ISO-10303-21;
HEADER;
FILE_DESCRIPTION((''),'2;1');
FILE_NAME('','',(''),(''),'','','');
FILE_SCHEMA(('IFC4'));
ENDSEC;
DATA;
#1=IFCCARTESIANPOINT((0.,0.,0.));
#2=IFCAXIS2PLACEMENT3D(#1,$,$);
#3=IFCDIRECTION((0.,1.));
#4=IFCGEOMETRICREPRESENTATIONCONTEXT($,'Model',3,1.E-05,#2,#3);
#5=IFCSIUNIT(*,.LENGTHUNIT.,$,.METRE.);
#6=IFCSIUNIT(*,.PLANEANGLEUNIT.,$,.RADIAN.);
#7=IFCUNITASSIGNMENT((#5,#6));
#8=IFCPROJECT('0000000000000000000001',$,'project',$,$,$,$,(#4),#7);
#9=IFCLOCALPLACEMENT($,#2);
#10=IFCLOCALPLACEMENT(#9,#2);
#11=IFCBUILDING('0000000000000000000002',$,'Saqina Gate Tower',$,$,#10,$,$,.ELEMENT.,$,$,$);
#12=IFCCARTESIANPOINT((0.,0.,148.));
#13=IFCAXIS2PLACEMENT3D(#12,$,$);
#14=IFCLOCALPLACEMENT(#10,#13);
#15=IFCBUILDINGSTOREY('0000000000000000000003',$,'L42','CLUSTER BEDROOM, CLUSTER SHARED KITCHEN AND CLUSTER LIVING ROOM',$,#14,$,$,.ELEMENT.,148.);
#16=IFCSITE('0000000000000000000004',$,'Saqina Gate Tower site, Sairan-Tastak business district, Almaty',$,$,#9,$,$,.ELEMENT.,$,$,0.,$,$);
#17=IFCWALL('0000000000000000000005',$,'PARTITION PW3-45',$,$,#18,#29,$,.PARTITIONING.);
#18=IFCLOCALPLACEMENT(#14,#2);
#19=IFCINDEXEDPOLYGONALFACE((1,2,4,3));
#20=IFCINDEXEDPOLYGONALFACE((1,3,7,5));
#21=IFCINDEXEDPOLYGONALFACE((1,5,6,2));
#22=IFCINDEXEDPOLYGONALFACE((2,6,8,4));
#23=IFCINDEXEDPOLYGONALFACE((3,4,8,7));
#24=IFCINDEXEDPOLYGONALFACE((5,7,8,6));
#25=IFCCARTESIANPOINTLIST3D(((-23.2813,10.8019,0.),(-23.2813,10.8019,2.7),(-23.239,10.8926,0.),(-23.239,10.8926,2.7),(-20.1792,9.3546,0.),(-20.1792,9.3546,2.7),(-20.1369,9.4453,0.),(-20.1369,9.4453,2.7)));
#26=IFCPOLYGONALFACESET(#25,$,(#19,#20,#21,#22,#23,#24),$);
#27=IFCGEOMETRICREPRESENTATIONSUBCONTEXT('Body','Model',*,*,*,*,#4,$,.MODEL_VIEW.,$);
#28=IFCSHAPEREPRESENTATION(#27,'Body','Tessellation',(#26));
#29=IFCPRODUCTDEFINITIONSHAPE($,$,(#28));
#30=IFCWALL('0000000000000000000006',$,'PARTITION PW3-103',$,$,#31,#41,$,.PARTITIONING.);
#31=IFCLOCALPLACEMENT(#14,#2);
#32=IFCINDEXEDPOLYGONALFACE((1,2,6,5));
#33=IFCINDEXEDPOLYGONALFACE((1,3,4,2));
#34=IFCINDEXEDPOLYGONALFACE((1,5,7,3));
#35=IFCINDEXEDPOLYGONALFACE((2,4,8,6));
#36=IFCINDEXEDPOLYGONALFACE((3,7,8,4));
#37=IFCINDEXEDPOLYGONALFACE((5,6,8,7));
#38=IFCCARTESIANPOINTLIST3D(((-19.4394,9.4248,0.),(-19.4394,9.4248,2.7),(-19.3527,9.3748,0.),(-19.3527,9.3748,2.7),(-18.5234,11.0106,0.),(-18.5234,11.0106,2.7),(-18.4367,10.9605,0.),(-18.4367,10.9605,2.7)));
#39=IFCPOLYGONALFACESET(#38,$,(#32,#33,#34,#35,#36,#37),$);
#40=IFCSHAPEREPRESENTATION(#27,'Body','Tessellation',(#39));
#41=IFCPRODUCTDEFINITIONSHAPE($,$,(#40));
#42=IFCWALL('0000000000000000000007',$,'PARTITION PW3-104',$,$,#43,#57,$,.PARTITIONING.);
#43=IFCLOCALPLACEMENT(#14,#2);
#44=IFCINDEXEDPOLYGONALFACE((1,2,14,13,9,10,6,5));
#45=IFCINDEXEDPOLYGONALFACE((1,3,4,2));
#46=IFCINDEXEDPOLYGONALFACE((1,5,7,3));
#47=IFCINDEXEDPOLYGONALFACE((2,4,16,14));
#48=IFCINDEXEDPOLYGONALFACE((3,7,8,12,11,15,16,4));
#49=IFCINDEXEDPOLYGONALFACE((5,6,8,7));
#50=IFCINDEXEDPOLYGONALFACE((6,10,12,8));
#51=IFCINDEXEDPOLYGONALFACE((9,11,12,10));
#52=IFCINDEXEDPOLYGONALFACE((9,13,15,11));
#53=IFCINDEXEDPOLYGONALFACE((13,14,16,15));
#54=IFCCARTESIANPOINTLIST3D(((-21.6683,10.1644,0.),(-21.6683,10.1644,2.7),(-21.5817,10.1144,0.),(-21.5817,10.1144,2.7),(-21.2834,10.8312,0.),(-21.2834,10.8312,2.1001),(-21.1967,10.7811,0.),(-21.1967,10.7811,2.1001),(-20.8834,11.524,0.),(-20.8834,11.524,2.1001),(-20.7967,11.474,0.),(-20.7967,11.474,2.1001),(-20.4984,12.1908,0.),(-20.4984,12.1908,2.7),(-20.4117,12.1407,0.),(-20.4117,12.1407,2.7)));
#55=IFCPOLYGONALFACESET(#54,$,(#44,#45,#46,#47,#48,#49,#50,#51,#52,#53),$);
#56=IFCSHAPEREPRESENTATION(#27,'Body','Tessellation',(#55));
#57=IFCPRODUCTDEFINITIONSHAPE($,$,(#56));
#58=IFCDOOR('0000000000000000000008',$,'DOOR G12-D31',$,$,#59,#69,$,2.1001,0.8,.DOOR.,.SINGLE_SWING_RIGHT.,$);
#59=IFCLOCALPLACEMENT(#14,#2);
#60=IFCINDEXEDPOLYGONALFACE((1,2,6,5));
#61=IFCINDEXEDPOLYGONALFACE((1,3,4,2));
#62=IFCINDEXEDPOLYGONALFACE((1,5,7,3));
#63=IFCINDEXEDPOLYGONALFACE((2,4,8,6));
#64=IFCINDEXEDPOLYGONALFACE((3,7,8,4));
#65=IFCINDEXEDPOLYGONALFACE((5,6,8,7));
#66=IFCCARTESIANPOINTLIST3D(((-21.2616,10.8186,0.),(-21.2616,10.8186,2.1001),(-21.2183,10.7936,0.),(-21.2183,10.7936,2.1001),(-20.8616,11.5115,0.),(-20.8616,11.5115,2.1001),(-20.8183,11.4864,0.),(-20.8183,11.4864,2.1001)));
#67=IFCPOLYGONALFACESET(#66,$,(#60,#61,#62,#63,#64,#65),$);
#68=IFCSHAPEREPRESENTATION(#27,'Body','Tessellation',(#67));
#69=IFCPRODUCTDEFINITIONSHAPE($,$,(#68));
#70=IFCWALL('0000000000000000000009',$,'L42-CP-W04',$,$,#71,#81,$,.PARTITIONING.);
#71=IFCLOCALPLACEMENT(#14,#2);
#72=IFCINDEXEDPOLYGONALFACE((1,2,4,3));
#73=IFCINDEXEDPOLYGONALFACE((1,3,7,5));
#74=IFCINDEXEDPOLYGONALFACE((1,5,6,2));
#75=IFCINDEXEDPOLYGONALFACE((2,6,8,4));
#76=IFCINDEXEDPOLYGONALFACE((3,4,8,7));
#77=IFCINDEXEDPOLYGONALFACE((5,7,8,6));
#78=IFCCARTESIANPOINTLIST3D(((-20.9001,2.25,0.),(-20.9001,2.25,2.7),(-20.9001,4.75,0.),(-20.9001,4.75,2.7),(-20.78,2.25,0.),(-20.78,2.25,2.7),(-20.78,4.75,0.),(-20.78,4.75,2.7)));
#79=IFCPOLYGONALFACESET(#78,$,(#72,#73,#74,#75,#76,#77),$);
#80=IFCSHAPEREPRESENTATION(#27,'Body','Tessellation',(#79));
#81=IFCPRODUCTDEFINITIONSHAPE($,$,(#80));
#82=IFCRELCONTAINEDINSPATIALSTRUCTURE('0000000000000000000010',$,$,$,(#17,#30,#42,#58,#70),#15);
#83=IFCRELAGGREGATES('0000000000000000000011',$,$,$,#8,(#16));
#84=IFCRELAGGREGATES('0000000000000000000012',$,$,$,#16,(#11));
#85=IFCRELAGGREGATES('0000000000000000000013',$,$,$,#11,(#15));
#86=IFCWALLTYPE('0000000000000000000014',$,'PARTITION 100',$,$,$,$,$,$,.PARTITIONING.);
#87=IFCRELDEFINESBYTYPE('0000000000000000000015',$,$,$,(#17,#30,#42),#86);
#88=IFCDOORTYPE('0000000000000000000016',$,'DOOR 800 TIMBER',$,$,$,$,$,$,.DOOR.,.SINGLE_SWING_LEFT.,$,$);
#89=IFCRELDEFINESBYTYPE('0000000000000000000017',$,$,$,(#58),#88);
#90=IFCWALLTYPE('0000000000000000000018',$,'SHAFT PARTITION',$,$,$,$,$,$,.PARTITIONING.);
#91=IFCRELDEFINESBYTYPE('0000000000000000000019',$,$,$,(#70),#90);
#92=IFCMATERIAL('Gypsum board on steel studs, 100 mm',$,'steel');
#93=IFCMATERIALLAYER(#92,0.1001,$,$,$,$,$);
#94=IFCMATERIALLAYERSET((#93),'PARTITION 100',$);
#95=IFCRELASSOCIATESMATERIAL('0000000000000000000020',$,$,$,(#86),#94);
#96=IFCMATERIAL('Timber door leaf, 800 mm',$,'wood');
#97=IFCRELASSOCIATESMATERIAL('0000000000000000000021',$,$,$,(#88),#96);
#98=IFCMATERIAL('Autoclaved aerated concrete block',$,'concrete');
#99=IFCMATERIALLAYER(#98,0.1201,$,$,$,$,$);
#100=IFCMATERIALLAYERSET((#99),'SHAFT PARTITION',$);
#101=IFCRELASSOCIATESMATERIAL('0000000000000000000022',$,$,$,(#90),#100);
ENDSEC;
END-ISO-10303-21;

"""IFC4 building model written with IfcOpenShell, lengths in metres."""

from ifc_helpers import new_model, si_unit, direction, frame, frame_2d, origin, place, context, subcontext, project, spatial, rectangle, extrude, material, layer, layer_set, type_object, element, fill, save


model = new_model("IFC4")

# Units and contexts
model_context = context("Model", 3, precision=1e-05, world=origin(), true_north=direction((0.0, 1.0)))
body_context = subcontext(model_context, "Body", "Model", "MODEL_VIEW")
ifc_project = project(units=[si_unit("LENGTHUNIT", "METRE"), si_unit("PLANEANGLEUNIT", "RADIAN")], contexts=[model_context])

# Site, building, storey
site_placement = place(None, origin())
site = spatial("IfcSite", under=ifc_project, at=site_placement, Name="Saqina Gate Tower site, Sairan-Tastak business district, Almaty", CompositionType="ELEMENT", RefElevation=0.0)
building_placement = place(site_placement, origin())
building = spatial("IfcBuilding", under=site, at=building_placement, Name="Saqina Gate Tower", CompositionType="ELEMENT")
storey_placement = place(building_placement, frame((0.0, 0.0, 148.0)))
storey = spatial("IfcBuildingStorey", under=building, at=storey_placement, Name="L42", Description="CLUSTER BEDROOM, CLUSTER SHARED KITCHEN AND CLUSTER LIVING ROOM", CompositionType="ELEMENT", Elevation=148.0)

# Walls
ifc_material_1 = material(Name="Gypsum board on steel studs, 100 mm", Category="steel")
ifc_layer_1 = layer(ifc_material_1, 0.1001)
ifc_layer_set_1 = layer_set([ifc_layer_1], Name="PARTITION 100")
wall_type_1 = type_object("IfcWallType", Name="PARTITION 100", PredefinedType="PARTITIONING", material=ifc_layer_set_1)
wall_1_placement = place(storey_placement, frame((-23.26, 10.8472, 0.0), z_axis=(0.0, 0.0, 1.0), x_axis=(0.906223, -0.4228, 0.0)))
element("IfcWall", 1, at=wall_1_placement, inside=storey, type_object=wall_type_1, Name="PARTITION PW3-45", PredefinedType="PARTITIONING", context=body_context, shape_type="SweptSolid", body=[
    extrude(rectangle(XDim=3.4231, YDim=0.1001, at=frame_2d((1.7114, 0.0))), origin(), (0.0, 0.0, 1.0), 2.7),
])
wall_2_placement = place(storey_placement, frame((-19.396, 9.3999, 0.0), z_axis=(0.0, 0.0, 1.0), x_axis=(0.500211, 0.865904, 0.0)))
element("IfcWall", 2, at=wall_2_placement, inside=storey, type_object=wall_type_1, Name="PARTITION PW3-103", PredefinedType="PARTITIONING", context=body_context, shape_type="SweptSolid", body=[
    extrude(rectangle(XDim=1.8313, YDim=0.1001, at=frame_2d((0.9155, 0.0))), origin(), (0.0, 0.0, 1.0), 2.7),
])

# Wall, opening, door
wall_3_placement = place(storey_placement, frame((-21.625, 10.1394, 0.0), z_axis=(0.0, 0.0, 1.0), x_axis=(0.499999, 0.866026, 0.0)))
wall_3 = element("IfcWall", 3, at=wall_3_placement, inside=storey, type_object=wall_type_1, Name="PARTITION PW3-104", PredefinedType="PARTITIONING", context=body_context, shape_type="SweptSolid", body=[
    extrude(rectangle(XDim=2.3398, YDim=0.1001, at=frame_2d((1.1699, 0.0))), origin(), (0.0, 0.0, 1.0), 2.7),
])
opening_1_placement = place(wall_3_placement, frame((0.77, 0.0, 0.0)))
opening_1 = element("IfcOpeningElement", 4, at=opening_1_placement, cuts=wall_3, PredefinedType="OPENING", context=body_context, shape_type="SweptSolid", body=[
    extrude(rectangle(XDim=0.8, YDim=2.1001, at=frame_2d((0.3999, 1.05))), frame((0.0, 0.062, 0.0), z_axis=(0.0, -1.0, 0.0), x_axis=(1.0, 0.0, 0.0)), (0.0, 0.0, 1.0), 0.124),
])
ifc_material_2 = material(Name="Timber door leaf, 800 mm", Category="wood")
door_type_1 = type_object("IfcDoorType", Name="DOOR 800 TIMBER", OperationType="SINGLE_SWING_LEFT", PredefinedType="DOOR", material=ifc_material_2)
door_1_placement = place(opening_1_placement, origin())
door_1 = element("IfcDoor", 5, at=door_1_placement, inside=storey, type_object=door_type_1, Name="DOOR G12-D31", OperationType="SINGLE_SWING_RIGHT", OverallHeight=2.1001, OverallWidth=0.8, PredefinedType="DOOR", context=body_context, shape_type="SweptSolid", body=[
    extrude(rectangle(XDim=0.8, YDim=2.1001, at=frame_2d((0.3999, 1.05))), frame((0.0, 0.0249, 0.0), z_axis=(0.0, -1.0, 0.0), x_axis=(1.0, 0.0, 0.0)), (0.0, 0.0, 1.0), 0.05),
])
fill(opening_1, door_1)

# Wall
ifc_material_3 = material(Name="Autoclaved aerated concrete block", Category="concrete")
ifc_layer_2 = layer(ifc_material_3, 0.1201)
ifc_layer_set_2 = layer_set([ifc_layer_2], Name="SHAFT PARTITION")
wall_type_2 = type_object("IfcWallType", Name="SHAFT PARTITION", PredefinedType="PARTITIONING", material=ifc_layer_set_2)
wall_4_placement = place(storey_placement, frame((-20.8401, 2.25, 0.0), z_axis=(0.0, 0.0, 1.0), x_axis=(0.0, 1.0, 0.0)))
element("IfcWall", 6, at=wall_4_placement, inside=storey, type_object=wall_type_2, Name="L42-CP-W04", PredefinedType="PARTITIONING", context=body_context, shape_type="SweptSolid", body=[
    extrude(rectangle(XDim=2.5, YDim=0.1201, at=frame_2d((1.25, 0.0))), origin(), (0.0, 0.0, 1.0), 2.7),
])

save(model, "model.ifc")
